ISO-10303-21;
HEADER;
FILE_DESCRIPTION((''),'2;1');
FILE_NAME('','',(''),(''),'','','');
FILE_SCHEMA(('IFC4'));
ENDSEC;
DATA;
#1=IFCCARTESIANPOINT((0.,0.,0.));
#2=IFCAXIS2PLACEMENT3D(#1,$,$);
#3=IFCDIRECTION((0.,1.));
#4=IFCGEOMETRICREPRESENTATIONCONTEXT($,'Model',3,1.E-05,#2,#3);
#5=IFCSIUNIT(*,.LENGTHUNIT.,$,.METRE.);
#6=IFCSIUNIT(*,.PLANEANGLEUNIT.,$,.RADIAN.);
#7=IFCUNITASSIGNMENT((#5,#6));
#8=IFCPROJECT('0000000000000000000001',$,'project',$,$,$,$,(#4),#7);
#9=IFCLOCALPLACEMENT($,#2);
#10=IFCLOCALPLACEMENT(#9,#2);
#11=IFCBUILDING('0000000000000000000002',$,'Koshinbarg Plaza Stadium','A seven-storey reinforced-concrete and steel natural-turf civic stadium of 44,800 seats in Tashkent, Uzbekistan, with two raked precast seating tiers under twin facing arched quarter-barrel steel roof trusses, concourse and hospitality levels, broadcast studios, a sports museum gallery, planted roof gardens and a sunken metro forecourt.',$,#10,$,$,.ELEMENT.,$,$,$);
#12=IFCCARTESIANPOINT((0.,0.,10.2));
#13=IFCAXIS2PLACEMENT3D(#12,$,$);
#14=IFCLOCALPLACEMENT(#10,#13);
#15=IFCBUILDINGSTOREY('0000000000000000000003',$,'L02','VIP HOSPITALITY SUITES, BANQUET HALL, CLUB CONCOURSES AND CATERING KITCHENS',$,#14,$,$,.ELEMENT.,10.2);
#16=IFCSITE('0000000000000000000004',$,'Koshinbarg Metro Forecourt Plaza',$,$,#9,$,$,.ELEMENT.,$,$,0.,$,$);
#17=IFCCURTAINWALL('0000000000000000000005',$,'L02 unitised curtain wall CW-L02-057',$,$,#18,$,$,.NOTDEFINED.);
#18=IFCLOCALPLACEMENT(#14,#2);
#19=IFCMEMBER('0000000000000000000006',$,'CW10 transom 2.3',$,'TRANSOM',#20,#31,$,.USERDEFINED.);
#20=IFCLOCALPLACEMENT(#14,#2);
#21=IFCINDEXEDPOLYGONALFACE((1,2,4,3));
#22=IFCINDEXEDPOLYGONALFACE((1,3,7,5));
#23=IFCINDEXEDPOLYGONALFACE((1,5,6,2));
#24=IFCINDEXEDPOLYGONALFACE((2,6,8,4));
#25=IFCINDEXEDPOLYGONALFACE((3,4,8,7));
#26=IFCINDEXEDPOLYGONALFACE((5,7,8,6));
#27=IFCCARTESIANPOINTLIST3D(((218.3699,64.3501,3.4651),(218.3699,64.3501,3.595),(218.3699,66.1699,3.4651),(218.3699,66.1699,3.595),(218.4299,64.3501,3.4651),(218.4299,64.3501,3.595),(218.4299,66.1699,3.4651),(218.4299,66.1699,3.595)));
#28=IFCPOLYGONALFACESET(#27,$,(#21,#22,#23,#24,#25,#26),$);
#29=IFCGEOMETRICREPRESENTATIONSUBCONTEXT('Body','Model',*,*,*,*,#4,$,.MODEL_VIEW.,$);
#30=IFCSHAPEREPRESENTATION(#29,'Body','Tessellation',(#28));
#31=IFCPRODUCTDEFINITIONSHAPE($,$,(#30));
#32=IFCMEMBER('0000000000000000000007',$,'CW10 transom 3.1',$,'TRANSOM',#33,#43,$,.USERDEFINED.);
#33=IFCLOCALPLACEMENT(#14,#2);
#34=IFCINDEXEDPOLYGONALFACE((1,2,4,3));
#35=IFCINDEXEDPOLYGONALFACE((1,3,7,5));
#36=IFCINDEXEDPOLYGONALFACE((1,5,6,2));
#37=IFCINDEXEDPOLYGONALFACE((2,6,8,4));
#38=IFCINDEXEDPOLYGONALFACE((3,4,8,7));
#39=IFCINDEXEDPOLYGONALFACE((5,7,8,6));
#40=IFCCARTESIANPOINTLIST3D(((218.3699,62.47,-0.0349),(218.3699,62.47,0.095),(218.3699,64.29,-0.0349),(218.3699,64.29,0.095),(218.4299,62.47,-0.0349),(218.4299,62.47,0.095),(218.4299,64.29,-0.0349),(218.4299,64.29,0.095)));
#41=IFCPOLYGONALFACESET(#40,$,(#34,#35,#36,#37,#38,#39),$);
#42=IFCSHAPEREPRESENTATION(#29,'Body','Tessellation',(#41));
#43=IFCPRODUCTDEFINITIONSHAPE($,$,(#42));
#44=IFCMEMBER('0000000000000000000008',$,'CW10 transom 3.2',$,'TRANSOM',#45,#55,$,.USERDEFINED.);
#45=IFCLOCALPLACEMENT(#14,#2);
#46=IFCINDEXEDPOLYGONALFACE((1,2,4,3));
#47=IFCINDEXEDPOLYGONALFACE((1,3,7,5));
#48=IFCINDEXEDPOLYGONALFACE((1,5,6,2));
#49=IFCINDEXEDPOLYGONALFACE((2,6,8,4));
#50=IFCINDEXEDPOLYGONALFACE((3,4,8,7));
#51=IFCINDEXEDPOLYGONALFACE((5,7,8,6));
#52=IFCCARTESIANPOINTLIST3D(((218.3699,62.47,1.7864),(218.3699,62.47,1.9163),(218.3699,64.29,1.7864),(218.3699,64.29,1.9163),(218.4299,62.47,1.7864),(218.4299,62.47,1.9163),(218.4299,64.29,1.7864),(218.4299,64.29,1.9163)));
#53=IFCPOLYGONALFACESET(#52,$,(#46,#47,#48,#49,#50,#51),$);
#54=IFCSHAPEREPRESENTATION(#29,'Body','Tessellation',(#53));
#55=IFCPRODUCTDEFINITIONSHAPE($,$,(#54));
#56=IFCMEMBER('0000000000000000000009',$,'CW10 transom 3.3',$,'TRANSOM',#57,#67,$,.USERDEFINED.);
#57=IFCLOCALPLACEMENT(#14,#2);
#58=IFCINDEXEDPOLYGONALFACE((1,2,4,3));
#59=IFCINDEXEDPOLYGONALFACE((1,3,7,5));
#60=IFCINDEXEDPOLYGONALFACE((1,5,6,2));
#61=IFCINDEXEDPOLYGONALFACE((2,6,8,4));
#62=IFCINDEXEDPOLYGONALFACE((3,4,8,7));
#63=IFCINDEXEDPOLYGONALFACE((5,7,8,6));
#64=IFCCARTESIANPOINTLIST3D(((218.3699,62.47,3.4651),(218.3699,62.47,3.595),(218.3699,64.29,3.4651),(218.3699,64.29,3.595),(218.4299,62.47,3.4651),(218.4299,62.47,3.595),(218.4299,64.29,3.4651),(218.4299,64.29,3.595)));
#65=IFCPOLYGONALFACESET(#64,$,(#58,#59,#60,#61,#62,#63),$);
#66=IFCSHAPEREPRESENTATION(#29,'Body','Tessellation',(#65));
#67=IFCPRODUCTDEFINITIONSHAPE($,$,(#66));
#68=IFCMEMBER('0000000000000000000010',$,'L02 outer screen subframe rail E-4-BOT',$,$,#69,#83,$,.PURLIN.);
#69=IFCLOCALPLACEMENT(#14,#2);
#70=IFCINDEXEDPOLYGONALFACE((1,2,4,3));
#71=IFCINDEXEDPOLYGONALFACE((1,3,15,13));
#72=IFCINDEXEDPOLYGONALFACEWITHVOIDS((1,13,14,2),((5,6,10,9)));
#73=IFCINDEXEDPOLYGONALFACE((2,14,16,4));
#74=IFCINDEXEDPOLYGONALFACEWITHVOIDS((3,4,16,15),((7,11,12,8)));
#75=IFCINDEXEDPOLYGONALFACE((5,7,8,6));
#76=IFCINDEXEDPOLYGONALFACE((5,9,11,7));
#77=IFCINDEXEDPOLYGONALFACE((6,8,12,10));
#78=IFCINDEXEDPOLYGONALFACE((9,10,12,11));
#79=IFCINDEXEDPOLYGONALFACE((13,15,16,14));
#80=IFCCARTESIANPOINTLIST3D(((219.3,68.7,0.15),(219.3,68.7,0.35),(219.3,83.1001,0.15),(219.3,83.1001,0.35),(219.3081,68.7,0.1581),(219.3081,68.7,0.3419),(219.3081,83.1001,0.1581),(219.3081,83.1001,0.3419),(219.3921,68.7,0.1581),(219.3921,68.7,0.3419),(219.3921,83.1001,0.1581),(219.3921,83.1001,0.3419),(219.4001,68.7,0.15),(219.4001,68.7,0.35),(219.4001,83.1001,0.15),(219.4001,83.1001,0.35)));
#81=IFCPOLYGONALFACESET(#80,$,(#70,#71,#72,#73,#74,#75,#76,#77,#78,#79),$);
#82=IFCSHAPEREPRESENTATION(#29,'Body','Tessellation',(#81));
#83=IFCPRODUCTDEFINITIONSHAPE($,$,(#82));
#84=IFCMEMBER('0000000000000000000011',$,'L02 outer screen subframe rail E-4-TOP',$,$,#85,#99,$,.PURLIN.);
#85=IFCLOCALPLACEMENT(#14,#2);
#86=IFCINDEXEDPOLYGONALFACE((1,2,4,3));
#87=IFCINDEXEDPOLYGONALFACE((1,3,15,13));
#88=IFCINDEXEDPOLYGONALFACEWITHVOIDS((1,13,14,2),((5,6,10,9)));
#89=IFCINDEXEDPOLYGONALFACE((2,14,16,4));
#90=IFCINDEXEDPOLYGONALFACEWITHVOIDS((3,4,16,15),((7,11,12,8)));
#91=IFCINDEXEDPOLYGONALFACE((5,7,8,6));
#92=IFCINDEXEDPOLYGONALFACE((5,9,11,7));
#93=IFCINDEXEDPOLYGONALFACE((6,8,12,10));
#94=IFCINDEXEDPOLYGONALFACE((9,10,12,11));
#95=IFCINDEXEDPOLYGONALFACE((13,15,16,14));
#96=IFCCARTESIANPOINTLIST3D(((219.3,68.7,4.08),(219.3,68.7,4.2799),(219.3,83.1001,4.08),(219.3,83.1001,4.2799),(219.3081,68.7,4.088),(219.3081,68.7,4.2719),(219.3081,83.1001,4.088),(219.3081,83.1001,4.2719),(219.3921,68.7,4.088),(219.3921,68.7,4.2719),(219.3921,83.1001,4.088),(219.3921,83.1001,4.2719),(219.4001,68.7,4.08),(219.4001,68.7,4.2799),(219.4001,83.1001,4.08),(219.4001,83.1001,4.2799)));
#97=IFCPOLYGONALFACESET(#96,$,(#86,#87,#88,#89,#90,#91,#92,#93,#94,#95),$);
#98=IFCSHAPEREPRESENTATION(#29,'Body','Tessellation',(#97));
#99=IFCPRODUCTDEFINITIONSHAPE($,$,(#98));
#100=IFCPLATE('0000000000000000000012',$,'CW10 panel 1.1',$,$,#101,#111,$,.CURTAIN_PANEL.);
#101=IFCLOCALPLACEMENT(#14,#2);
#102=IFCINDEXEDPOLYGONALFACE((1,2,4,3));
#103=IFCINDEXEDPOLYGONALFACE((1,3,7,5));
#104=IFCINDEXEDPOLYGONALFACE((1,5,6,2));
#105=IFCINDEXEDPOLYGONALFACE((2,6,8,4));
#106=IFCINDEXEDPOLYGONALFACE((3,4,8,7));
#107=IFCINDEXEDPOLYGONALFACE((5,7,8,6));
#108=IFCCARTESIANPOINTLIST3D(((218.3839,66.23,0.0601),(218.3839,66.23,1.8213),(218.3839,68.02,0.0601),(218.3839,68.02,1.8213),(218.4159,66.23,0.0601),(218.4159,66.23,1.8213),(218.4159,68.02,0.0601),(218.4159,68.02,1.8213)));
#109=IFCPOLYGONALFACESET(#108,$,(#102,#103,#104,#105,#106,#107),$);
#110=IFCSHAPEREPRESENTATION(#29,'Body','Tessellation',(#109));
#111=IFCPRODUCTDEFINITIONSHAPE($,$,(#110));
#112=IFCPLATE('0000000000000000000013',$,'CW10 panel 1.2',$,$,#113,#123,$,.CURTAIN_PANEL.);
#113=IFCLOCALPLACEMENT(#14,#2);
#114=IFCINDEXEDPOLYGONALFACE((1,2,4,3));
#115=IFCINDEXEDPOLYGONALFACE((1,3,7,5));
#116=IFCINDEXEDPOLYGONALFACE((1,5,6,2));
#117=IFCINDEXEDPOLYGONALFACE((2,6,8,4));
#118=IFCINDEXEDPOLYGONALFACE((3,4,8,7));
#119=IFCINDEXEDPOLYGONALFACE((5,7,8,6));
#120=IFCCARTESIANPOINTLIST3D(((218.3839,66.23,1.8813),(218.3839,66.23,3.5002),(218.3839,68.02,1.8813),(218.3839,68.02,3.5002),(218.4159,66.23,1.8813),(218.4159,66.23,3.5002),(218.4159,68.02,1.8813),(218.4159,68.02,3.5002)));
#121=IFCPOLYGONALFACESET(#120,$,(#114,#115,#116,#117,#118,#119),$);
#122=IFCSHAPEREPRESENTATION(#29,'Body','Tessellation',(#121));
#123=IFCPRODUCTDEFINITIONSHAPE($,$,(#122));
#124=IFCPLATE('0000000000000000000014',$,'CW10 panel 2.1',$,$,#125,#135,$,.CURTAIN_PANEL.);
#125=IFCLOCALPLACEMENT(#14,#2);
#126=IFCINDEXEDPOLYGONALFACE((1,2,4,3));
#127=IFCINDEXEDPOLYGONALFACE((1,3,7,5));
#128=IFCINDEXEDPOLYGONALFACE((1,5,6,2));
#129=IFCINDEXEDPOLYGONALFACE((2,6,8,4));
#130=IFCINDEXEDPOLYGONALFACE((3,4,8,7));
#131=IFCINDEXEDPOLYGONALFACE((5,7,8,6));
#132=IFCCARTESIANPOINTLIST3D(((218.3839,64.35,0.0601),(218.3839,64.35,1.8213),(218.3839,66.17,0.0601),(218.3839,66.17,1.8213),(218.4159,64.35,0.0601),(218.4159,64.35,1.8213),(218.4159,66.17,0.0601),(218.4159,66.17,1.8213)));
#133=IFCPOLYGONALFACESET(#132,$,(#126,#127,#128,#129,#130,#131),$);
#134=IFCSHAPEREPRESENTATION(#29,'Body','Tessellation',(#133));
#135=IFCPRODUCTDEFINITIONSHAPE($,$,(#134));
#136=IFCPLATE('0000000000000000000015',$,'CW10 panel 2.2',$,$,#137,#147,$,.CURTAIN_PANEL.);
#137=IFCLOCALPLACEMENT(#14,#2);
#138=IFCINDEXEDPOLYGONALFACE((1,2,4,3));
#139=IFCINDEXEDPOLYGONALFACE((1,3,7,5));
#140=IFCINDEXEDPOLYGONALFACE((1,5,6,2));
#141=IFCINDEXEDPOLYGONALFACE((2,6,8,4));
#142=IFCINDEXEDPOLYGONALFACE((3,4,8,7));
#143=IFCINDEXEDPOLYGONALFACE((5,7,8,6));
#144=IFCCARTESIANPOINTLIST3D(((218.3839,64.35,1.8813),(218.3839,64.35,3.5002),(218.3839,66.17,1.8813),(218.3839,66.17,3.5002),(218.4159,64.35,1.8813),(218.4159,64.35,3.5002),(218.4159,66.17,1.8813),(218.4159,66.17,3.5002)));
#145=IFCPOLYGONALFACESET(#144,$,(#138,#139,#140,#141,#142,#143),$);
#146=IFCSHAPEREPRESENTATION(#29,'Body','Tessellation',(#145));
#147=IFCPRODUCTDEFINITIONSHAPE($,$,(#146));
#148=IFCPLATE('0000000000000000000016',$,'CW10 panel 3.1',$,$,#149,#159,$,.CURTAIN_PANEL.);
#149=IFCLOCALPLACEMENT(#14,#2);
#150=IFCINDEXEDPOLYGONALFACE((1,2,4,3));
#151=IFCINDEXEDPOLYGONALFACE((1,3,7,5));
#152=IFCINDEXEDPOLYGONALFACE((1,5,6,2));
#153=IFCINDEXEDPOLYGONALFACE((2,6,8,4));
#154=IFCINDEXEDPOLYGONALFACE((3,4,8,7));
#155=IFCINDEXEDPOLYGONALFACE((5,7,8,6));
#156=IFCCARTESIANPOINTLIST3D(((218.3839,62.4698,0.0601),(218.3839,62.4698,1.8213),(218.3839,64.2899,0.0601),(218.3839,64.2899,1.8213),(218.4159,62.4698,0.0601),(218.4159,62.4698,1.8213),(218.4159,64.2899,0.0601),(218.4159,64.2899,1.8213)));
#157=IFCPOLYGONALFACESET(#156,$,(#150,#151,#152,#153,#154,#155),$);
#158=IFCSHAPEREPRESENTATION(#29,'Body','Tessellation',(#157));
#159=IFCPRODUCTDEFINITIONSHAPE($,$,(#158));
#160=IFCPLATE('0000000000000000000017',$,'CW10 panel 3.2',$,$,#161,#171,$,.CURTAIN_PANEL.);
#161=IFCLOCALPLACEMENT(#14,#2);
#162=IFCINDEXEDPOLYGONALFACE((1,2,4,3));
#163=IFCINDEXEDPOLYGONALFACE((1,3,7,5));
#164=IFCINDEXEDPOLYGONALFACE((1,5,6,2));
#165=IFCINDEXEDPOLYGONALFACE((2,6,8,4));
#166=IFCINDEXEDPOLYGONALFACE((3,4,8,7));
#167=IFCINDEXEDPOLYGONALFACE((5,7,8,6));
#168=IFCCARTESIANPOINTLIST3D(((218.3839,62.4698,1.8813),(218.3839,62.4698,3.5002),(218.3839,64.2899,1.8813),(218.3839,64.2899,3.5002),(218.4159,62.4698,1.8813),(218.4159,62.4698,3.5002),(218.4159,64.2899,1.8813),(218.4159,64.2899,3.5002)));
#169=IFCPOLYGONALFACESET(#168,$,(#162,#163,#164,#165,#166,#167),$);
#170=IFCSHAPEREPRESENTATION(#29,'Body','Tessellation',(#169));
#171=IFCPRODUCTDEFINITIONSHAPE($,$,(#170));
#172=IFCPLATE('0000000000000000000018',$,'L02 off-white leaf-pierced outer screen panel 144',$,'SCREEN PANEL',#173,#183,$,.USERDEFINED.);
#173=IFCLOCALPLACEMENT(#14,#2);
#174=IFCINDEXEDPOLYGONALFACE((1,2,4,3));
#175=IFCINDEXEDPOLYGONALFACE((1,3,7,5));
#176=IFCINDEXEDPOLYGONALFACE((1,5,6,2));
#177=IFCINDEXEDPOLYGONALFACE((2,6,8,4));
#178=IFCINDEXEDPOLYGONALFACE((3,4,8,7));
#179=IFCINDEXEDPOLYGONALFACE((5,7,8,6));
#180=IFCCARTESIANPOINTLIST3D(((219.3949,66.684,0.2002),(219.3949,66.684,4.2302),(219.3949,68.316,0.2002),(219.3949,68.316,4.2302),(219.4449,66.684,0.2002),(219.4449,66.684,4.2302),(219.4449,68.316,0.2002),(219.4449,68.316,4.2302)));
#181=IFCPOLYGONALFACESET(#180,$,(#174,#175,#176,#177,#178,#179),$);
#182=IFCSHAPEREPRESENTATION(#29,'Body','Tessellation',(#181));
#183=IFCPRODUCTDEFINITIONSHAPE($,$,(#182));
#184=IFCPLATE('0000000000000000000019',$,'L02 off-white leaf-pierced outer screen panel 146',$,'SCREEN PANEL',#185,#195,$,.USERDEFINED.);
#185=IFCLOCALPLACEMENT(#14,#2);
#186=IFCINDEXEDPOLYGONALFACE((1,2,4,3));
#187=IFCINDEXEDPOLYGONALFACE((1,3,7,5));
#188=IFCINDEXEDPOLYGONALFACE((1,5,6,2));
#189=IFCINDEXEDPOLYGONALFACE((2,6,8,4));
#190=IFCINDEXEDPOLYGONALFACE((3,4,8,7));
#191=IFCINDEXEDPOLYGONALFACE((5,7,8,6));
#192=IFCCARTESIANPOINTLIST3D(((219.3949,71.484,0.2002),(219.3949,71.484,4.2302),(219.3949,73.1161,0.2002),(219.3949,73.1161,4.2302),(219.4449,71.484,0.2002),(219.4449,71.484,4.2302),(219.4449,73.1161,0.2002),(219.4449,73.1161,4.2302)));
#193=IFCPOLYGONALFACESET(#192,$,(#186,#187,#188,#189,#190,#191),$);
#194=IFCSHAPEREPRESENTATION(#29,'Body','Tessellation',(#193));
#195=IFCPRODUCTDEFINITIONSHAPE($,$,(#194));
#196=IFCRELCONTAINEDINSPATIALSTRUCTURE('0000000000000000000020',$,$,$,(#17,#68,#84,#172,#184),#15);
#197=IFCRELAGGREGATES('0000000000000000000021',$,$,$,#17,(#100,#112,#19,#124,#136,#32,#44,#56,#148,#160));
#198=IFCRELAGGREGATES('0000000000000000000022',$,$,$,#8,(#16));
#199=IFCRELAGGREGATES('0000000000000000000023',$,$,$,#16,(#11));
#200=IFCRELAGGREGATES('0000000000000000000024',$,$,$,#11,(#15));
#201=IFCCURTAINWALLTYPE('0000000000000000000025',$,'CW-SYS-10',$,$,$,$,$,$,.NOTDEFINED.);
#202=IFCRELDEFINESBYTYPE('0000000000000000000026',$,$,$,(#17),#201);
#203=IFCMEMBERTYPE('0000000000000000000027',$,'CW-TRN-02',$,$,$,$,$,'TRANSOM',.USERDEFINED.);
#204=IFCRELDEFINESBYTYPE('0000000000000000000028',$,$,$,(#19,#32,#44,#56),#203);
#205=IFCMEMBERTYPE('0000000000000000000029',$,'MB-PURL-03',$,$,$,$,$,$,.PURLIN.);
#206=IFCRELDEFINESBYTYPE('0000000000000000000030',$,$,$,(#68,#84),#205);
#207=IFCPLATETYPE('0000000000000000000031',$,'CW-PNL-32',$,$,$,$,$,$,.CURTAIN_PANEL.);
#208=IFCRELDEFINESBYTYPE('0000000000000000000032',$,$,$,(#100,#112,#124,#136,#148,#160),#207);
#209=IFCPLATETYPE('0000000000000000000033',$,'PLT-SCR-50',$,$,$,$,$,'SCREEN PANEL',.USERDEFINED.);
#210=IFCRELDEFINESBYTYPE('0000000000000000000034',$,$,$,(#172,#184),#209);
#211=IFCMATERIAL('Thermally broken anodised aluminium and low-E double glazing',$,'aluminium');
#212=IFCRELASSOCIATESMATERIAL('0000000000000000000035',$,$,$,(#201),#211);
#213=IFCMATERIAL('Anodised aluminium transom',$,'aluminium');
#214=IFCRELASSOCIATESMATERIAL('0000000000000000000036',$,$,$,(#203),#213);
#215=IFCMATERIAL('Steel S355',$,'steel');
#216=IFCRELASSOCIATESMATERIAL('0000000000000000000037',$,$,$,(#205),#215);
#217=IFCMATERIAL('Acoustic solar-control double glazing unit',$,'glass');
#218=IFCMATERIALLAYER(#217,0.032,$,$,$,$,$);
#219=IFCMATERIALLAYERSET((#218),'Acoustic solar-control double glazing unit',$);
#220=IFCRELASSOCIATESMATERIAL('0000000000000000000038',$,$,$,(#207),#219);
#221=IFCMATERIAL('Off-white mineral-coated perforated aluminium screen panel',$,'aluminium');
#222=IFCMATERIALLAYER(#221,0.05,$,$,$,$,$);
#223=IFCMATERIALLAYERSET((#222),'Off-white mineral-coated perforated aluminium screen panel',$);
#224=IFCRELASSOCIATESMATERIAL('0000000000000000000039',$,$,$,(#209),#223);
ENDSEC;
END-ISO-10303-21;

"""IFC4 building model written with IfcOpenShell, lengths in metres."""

from ifc_helpers import new_model, si_unit, direction, frame, origin, origin_2d, place, context, subcontext, project, spatial, rectangle, hollow_rectangle, extrude, material, layer, layer_set, material_profile, profile_set, type_object, element, aggregate, save


model = new_model("IFC4")

# Units and contexts
model_context = context("Model", 3, precision=1e-05, world=origin(), true_north=direction((0.0, 1.0)))
body_context = subcontext(model_context, "Body", "Model", "MODEL_VIEW")
ifc_project = project(units=[si_unit("LENGTHUNIT", "METRE"), si_unit("PLANEANGLEUNIT", "RADIAN")], contexts=[model_context])

# Site, building, storey
site_placement = place(None, origin())
site = spatial("IfcSite", under=ifc_project, at=site_placement, Name="Koshinbarg Metro Forecourt Plaza", CompositionType="ELEMENT", RefElevation=0.0)
building_placement = place(site_placement, origin())
building = spatial("IfcBuilding", under=site, at=building_placement, Name="Koshinbarg Plaza Stadium", Description="A seven-storey reinforced-concrete and steel natural-turf civic stadium of 44,800 seats in Tashkent, Uzbekistan, with two raked precast seating tiers under twin facing arched quarter-barrel steel roof trusses, concourse and hospitality levels, broadcast studios, a sports museum gallery, planted roof gardens and a sunken metro forecourt.", CompositionType="ELEMENT")
storey_placement = place(building_placement, frame((0.0, 0.0, 10.2)))
storey = spatial("IfcBuildingStorey", under=building, at=storey_placement, Name="L02", Description="VIP HOSPITALITY SUITES, BANQUET HALL, CLUB CONCOURSES AND CATERING KITCHENS", CompositionType="ELEMENT", Elevation=10.2)

# Shared definitions
ifc_material_1 = material(Name="Steel S355", Category="steel")

# Curtain wall, members
ifc_material_2 = material(Name="Thermally broken anodised aluminium and low-E double glazing", Category="aluminium")
curtain_wall_type = type_object("IfcCurtainWallType", Name="CW-SYS-10", PredefinedType="NOTDEFINED", material=ifc_material_2)
curtain_wall_placement = place(storey_placement, origin())
curtain_wall = element("IfcCurtainWall", 1, at=curtain_wall_placement, inside=storey, type_object=curtain_wall_type, Name="L02 unitised curtain wall CW-L02-057", PredefinedType="NOTDEFINED")
ifc_material_3 = material(Name="Anodised aluminium transom", Category="aluminium")
ifc_material_profile_1 = material_profile(ifc_material_3, rectangle(XDim=0.0601, YDim=0.1299, at=origin_2d()), Name="ALU 60x130")
ifc_profile_set_1 = profile_set([ifc_material_profile_1], Name="Anodised aluminium transom")
member_type_1 = type_object("IfcMemberType", Name="CW-TRN-02", ElementType="TRANSOM", PredefinedType="USERDEFINED", material=ifc_profile_set_1)
member_1_placement = place(storey_placement, frame((218.3999, 66.1699, 3.53), z_axis=(0.0, -1.0, 0.0), x_axis=(1.0, 0.0, 0.0)))
member_1 = element("IfcMember", 2, at=member_1_placement, type_object=member_type_1, Name="CW10 transom 2.3", ObjectType="TRANSOM", PredefinedType="USERDEFINED", context=body_context, shape_type="SweptSolid", body=[
    extrude(rectangle(XDim=0.0601, YDim=0.1299, at=origin_2d()), origin(), (0.0, 0.0, 1.0), 1.8198),
])
member_2_placement = place(storey_placement, frame((218.3999, 64.29, 0.03), z_axis=(0.0, -1.0, 0.0), x_axis=(1.0, 0.0, 0.0)))
member_2 = element("IfcMember", 3, at=member_2_placement, type_object=member_type_1, Name="CW10 transom 3.1", ObjectType="TRANSOM", PredefinedType="USERDEFINED", context=body_context, shape_type="SweptSolid", body=[
    extrude(rectangle(XDim=0.0601, YDim=0.1299, at=origin_2d()), origin(), (0.0, 0.0, 1.0), 1.8201),
])
member_3_placement = place(storey_placement, frame((218.3999, 64.29, 1.8513), z_axis=(0.0, -1.0, 0.0), x_axis=(1.0, 0.0, 0.0)))
member_3 = element("IfcMember", 4, at=member_3_placement, type_object=member_type_1, Name="CW10 transom 3.2", ObjectType="TRANSOM", PredefinedType="USERDEFINED", context=body_context, shape_type="SweptSolid", body=[
    extrude(rectangle(XDim=0.0601, YDim=0.1299, at=origin_2d()), origin(), (0.0, 0.0, 1.0), 1.8201),
])
member_4_placement = place(storey_placement, frame((218.3999, 64.29, 3.53), z_axis=(0.0, -1.0, 0.0), x_axis=(1.0, 0.0, 0.0)))
member_4 = element("IfcMember", 5, at=member_4_placement, type_object=member_type_1, Name="CW10 transom 3.3", ObjectType="TRANSOM", PredefinedType="USERDEFINED", context=body_context, shape_type="SweptSolid", body=[
    extrude(rectangle(XDim=0.0601, YDim=0.1299, at=origin_2d()), origin(), (0.0, 0.0, 1.0), 1.8201),
])

# Members
ifc_material_profile_2 = material_profile(ifc_material_1, hollow_rectangle(XDim=0.1001, YDim=0.2, WallThickness=0.0081, at=origin_2d()), Name="RHS 200x100x8")
ifc_profile_set_2 = profile_set([ifc_material_profile_2], Name="Steel S355")
member_type_2 = type_object("IfcMemberType", Name="MB-PURL-03", PredefinedType="PURLIN", material=ifc_profile_set_2)
for number, where, z_axis, x_axis, name in (
    (6, (219.3501, 68.7, 0.25), (0.0, 1.0, 0.0), (-1.0, 0.0, 0.0), "L02 outer screen subframe rail E-4-BOT"),
    (7, (219.3501, 68.7, 4.1799), (0.0, 1.0, 0.0), (-1.0, 0.0, 0.0), "L02 outer screen subframe rail E-4-TOP"),
):
    element("IfcMember", number, at=place(storey_placement, frame(where, z_axis=z_axis, x_axis=x_axis)), inside=storey, type_object=member_type_2, Name=name, PredefinedType="PURLIN", context=body_context, shape_type="SweptSolid", body=[
        extrude(hollow_rectangle(XDim=0.1001, YDim=0.2, WallThickness=0.0081, at=origin_2d()), origin(), (0.0, 0.0, 1.0), 14.4001),
    ])

# Plates
ifc_material_4 = material(Name="Acoustic solar-control double glazing unit", Category="glass")
ifc_layer_1 = layer(ifc_material_4, 0.032)
ifc_layer_set_1 = layer_set([ifc_layer_1], Name="Acoustic solar-control double glazing unit")
plate_type_1 = type_object("IfcPlateType", Name="CW-PNL-32", PredefinedType="CURTAIN_PANEL", material=ifc_layer_set_1)
plate_1_placement = place(storey_placement, frame((218.3999, 67.125, 0.0601), z_axis=(0.0, 0.0, 1.0), x_axis=(0.0, -1.0, 0.0)))
plate_1 = element("IfcPlate", 8, at=plate_1_placement, type_object=plate_type_1, Name="CW10 panel 1.1", PredefinedType="CURTAIN_PANEL", context=body_context, shape_type="SweptSolid", body=[
    extrude(rectangle(XDim=1.79, YDim=0.032, at=origin_2d()), origin(), (0.0, 0.0, 1.0), 1.7612),
])
plate_2_placement = place(storey_placement, frame((218.3999, 67.125, 1.8813), z_axis=(0.0, 0.0, 1.0), x_axis=(0.0, -1.0, 0.0)))
plate_2 = element("IfcPlate", 9, at=plate_2_placement, type_object=plate_type_1, Name="CW10 panel 1.2", PredefinedType="CURTAIN_PANEL", context=body_context, shape_type="SweptSolid", body=[
    extrude(rectangle(XDim=1.79, YDim=0.032, at=origin_2d()), origin(), (0.0, 0.0, 1.0), 1.6189),
])
plate_3_placement = place(storey_placement, frame((218.3999, 65.26, 0.0601), z_axis=(0.0, 0.0, 1.0), x_axis=(0.0, -1.0, 0.0)))
plate_3 = element("IfcPlate", 10, at=plate_3_placement, type_object=plate_type_1, Name="CW10 panel 2.1", PredefinedType="CURTAIN_PANEL", context=body_context, shape_type="SweptSolid", body=[
    extrude(rectangle(XDim=1.8201, YDim=0.032, at=origin_2d()), origin(), (0.0, 0.0, 1.0), 1.7612),
])
plate_4_placement = place(storey_placement, frame((218.3999, 65.26, 1.8813), z_axis=(0.0, 0.0, 1.0), x_axis=(0.0, -1.0, 0.0)))
plate_4 = element("IfcPlate", 11, at=plate_4_placement, type_object=plate_type_1, Name="CW10 panel 2.2", PredefinedType="CURTAIN_PANEL", context=body_context, shape_type="SweptSolid", body=[
    extrude(rectangle(XDim=1.8201, YDim=0.032, at=origin_2d()), origin(), (0.0, 0.0, 1.0), 1.6189),
])
plate_5_placement = place(storey_placement, frame((218.3999, 63.3799, 0.0601), z_axis=(0.0, 0.0, 1.0), x_axis=(0.0, -1.0, 0.0)))
plate_5 = element("IfcPlate", 12, at=plate_5_placement, type_object=plate_type_1, Name="CW10 panel 3.1", PredefinedType="CURTAIN_PANEL", context=body_context, shape_type="SweptSolid", body=[
    extrude(rectangle(XDim=1.8201, YDim=0.032, at=origin_2d()), origin(), (0.0, 0.0, 1.0), 1.7612),
])
plate_6_placement = place(storey_placement, frame((218.3999, 63.3799, 1.8813), z_axis=(0.0, 0.0, 1.0), x_axis=(0.0, -1.0, 0.0)))
plate_6 = element("IfcPlate", 13, at=plate_6_placement, type_object=plate_type_1, Name="CW10 panel 3.2", PredefinedType="CURTAIN_PANEL", context=body_context, shape_type="SweptSolid", body=[
    extrude(rectangle(XDim=1.8201, YDim=0.032, at=origin_2d()), origin(), (0.0, 0.0, 1.0), 1.6189),
])
aggregate(curtain_wall, [plate_1, plate_2, member_1, plate_3, plate_4, member_2, member_3, member_4, plate_5, plate_6])

# Plates
ifc_material_5 = material(Name="Off-white mineral-coated perforated aluminium screen panel", Category="aluminium")
ifc_layer_2 = layer(ifc_material_5, 0.05)
ifc_layer_set_2 = layer_set([ifc_layer_2], Name="Off-white mineral-coated perforated aluminium screen panel")
plate_type_2 = type_object("IfcPlateType", Name="PLT-SCR-50", ElementType="SCREEN PANEL", PredefinedType="USERDEFINED", material=ifc_layer_set_2)
for number, where, z_axis, x_axis, name in (
    (14, (219.4199, 67.5, 0.2002), (0.0, 0.0, 1.0), (1.0, 0.0, 0.0), "L02 off-white leaf-pierced outer screen panel 144"),
    (15, (219.4199, 72.3, 0.2002), (0.0, 0.0, 1.0), (1.0, 0.0, 0.0), "L02 off-white leaf-pierced outer screen panel 146"),
):
    element("IfcPlate", number, at=place(storey_placement, frame(where, z_axis=z_axis, x_axis=x_axis)), inside=storey, type_object=plate_type_2, Name=name, ObjectType="SCREEN PANEL", PredefinedType="USERDEFINED", context=body_context, shape_type="SweptSolid", body=[
        extrude(rectangle(XDim=0.05, YDim=1.6321, at=origin_2d()), origin(), (0.0, 0.0, 1.0), 4.03),
    ])

save(model, "model.ifc")
